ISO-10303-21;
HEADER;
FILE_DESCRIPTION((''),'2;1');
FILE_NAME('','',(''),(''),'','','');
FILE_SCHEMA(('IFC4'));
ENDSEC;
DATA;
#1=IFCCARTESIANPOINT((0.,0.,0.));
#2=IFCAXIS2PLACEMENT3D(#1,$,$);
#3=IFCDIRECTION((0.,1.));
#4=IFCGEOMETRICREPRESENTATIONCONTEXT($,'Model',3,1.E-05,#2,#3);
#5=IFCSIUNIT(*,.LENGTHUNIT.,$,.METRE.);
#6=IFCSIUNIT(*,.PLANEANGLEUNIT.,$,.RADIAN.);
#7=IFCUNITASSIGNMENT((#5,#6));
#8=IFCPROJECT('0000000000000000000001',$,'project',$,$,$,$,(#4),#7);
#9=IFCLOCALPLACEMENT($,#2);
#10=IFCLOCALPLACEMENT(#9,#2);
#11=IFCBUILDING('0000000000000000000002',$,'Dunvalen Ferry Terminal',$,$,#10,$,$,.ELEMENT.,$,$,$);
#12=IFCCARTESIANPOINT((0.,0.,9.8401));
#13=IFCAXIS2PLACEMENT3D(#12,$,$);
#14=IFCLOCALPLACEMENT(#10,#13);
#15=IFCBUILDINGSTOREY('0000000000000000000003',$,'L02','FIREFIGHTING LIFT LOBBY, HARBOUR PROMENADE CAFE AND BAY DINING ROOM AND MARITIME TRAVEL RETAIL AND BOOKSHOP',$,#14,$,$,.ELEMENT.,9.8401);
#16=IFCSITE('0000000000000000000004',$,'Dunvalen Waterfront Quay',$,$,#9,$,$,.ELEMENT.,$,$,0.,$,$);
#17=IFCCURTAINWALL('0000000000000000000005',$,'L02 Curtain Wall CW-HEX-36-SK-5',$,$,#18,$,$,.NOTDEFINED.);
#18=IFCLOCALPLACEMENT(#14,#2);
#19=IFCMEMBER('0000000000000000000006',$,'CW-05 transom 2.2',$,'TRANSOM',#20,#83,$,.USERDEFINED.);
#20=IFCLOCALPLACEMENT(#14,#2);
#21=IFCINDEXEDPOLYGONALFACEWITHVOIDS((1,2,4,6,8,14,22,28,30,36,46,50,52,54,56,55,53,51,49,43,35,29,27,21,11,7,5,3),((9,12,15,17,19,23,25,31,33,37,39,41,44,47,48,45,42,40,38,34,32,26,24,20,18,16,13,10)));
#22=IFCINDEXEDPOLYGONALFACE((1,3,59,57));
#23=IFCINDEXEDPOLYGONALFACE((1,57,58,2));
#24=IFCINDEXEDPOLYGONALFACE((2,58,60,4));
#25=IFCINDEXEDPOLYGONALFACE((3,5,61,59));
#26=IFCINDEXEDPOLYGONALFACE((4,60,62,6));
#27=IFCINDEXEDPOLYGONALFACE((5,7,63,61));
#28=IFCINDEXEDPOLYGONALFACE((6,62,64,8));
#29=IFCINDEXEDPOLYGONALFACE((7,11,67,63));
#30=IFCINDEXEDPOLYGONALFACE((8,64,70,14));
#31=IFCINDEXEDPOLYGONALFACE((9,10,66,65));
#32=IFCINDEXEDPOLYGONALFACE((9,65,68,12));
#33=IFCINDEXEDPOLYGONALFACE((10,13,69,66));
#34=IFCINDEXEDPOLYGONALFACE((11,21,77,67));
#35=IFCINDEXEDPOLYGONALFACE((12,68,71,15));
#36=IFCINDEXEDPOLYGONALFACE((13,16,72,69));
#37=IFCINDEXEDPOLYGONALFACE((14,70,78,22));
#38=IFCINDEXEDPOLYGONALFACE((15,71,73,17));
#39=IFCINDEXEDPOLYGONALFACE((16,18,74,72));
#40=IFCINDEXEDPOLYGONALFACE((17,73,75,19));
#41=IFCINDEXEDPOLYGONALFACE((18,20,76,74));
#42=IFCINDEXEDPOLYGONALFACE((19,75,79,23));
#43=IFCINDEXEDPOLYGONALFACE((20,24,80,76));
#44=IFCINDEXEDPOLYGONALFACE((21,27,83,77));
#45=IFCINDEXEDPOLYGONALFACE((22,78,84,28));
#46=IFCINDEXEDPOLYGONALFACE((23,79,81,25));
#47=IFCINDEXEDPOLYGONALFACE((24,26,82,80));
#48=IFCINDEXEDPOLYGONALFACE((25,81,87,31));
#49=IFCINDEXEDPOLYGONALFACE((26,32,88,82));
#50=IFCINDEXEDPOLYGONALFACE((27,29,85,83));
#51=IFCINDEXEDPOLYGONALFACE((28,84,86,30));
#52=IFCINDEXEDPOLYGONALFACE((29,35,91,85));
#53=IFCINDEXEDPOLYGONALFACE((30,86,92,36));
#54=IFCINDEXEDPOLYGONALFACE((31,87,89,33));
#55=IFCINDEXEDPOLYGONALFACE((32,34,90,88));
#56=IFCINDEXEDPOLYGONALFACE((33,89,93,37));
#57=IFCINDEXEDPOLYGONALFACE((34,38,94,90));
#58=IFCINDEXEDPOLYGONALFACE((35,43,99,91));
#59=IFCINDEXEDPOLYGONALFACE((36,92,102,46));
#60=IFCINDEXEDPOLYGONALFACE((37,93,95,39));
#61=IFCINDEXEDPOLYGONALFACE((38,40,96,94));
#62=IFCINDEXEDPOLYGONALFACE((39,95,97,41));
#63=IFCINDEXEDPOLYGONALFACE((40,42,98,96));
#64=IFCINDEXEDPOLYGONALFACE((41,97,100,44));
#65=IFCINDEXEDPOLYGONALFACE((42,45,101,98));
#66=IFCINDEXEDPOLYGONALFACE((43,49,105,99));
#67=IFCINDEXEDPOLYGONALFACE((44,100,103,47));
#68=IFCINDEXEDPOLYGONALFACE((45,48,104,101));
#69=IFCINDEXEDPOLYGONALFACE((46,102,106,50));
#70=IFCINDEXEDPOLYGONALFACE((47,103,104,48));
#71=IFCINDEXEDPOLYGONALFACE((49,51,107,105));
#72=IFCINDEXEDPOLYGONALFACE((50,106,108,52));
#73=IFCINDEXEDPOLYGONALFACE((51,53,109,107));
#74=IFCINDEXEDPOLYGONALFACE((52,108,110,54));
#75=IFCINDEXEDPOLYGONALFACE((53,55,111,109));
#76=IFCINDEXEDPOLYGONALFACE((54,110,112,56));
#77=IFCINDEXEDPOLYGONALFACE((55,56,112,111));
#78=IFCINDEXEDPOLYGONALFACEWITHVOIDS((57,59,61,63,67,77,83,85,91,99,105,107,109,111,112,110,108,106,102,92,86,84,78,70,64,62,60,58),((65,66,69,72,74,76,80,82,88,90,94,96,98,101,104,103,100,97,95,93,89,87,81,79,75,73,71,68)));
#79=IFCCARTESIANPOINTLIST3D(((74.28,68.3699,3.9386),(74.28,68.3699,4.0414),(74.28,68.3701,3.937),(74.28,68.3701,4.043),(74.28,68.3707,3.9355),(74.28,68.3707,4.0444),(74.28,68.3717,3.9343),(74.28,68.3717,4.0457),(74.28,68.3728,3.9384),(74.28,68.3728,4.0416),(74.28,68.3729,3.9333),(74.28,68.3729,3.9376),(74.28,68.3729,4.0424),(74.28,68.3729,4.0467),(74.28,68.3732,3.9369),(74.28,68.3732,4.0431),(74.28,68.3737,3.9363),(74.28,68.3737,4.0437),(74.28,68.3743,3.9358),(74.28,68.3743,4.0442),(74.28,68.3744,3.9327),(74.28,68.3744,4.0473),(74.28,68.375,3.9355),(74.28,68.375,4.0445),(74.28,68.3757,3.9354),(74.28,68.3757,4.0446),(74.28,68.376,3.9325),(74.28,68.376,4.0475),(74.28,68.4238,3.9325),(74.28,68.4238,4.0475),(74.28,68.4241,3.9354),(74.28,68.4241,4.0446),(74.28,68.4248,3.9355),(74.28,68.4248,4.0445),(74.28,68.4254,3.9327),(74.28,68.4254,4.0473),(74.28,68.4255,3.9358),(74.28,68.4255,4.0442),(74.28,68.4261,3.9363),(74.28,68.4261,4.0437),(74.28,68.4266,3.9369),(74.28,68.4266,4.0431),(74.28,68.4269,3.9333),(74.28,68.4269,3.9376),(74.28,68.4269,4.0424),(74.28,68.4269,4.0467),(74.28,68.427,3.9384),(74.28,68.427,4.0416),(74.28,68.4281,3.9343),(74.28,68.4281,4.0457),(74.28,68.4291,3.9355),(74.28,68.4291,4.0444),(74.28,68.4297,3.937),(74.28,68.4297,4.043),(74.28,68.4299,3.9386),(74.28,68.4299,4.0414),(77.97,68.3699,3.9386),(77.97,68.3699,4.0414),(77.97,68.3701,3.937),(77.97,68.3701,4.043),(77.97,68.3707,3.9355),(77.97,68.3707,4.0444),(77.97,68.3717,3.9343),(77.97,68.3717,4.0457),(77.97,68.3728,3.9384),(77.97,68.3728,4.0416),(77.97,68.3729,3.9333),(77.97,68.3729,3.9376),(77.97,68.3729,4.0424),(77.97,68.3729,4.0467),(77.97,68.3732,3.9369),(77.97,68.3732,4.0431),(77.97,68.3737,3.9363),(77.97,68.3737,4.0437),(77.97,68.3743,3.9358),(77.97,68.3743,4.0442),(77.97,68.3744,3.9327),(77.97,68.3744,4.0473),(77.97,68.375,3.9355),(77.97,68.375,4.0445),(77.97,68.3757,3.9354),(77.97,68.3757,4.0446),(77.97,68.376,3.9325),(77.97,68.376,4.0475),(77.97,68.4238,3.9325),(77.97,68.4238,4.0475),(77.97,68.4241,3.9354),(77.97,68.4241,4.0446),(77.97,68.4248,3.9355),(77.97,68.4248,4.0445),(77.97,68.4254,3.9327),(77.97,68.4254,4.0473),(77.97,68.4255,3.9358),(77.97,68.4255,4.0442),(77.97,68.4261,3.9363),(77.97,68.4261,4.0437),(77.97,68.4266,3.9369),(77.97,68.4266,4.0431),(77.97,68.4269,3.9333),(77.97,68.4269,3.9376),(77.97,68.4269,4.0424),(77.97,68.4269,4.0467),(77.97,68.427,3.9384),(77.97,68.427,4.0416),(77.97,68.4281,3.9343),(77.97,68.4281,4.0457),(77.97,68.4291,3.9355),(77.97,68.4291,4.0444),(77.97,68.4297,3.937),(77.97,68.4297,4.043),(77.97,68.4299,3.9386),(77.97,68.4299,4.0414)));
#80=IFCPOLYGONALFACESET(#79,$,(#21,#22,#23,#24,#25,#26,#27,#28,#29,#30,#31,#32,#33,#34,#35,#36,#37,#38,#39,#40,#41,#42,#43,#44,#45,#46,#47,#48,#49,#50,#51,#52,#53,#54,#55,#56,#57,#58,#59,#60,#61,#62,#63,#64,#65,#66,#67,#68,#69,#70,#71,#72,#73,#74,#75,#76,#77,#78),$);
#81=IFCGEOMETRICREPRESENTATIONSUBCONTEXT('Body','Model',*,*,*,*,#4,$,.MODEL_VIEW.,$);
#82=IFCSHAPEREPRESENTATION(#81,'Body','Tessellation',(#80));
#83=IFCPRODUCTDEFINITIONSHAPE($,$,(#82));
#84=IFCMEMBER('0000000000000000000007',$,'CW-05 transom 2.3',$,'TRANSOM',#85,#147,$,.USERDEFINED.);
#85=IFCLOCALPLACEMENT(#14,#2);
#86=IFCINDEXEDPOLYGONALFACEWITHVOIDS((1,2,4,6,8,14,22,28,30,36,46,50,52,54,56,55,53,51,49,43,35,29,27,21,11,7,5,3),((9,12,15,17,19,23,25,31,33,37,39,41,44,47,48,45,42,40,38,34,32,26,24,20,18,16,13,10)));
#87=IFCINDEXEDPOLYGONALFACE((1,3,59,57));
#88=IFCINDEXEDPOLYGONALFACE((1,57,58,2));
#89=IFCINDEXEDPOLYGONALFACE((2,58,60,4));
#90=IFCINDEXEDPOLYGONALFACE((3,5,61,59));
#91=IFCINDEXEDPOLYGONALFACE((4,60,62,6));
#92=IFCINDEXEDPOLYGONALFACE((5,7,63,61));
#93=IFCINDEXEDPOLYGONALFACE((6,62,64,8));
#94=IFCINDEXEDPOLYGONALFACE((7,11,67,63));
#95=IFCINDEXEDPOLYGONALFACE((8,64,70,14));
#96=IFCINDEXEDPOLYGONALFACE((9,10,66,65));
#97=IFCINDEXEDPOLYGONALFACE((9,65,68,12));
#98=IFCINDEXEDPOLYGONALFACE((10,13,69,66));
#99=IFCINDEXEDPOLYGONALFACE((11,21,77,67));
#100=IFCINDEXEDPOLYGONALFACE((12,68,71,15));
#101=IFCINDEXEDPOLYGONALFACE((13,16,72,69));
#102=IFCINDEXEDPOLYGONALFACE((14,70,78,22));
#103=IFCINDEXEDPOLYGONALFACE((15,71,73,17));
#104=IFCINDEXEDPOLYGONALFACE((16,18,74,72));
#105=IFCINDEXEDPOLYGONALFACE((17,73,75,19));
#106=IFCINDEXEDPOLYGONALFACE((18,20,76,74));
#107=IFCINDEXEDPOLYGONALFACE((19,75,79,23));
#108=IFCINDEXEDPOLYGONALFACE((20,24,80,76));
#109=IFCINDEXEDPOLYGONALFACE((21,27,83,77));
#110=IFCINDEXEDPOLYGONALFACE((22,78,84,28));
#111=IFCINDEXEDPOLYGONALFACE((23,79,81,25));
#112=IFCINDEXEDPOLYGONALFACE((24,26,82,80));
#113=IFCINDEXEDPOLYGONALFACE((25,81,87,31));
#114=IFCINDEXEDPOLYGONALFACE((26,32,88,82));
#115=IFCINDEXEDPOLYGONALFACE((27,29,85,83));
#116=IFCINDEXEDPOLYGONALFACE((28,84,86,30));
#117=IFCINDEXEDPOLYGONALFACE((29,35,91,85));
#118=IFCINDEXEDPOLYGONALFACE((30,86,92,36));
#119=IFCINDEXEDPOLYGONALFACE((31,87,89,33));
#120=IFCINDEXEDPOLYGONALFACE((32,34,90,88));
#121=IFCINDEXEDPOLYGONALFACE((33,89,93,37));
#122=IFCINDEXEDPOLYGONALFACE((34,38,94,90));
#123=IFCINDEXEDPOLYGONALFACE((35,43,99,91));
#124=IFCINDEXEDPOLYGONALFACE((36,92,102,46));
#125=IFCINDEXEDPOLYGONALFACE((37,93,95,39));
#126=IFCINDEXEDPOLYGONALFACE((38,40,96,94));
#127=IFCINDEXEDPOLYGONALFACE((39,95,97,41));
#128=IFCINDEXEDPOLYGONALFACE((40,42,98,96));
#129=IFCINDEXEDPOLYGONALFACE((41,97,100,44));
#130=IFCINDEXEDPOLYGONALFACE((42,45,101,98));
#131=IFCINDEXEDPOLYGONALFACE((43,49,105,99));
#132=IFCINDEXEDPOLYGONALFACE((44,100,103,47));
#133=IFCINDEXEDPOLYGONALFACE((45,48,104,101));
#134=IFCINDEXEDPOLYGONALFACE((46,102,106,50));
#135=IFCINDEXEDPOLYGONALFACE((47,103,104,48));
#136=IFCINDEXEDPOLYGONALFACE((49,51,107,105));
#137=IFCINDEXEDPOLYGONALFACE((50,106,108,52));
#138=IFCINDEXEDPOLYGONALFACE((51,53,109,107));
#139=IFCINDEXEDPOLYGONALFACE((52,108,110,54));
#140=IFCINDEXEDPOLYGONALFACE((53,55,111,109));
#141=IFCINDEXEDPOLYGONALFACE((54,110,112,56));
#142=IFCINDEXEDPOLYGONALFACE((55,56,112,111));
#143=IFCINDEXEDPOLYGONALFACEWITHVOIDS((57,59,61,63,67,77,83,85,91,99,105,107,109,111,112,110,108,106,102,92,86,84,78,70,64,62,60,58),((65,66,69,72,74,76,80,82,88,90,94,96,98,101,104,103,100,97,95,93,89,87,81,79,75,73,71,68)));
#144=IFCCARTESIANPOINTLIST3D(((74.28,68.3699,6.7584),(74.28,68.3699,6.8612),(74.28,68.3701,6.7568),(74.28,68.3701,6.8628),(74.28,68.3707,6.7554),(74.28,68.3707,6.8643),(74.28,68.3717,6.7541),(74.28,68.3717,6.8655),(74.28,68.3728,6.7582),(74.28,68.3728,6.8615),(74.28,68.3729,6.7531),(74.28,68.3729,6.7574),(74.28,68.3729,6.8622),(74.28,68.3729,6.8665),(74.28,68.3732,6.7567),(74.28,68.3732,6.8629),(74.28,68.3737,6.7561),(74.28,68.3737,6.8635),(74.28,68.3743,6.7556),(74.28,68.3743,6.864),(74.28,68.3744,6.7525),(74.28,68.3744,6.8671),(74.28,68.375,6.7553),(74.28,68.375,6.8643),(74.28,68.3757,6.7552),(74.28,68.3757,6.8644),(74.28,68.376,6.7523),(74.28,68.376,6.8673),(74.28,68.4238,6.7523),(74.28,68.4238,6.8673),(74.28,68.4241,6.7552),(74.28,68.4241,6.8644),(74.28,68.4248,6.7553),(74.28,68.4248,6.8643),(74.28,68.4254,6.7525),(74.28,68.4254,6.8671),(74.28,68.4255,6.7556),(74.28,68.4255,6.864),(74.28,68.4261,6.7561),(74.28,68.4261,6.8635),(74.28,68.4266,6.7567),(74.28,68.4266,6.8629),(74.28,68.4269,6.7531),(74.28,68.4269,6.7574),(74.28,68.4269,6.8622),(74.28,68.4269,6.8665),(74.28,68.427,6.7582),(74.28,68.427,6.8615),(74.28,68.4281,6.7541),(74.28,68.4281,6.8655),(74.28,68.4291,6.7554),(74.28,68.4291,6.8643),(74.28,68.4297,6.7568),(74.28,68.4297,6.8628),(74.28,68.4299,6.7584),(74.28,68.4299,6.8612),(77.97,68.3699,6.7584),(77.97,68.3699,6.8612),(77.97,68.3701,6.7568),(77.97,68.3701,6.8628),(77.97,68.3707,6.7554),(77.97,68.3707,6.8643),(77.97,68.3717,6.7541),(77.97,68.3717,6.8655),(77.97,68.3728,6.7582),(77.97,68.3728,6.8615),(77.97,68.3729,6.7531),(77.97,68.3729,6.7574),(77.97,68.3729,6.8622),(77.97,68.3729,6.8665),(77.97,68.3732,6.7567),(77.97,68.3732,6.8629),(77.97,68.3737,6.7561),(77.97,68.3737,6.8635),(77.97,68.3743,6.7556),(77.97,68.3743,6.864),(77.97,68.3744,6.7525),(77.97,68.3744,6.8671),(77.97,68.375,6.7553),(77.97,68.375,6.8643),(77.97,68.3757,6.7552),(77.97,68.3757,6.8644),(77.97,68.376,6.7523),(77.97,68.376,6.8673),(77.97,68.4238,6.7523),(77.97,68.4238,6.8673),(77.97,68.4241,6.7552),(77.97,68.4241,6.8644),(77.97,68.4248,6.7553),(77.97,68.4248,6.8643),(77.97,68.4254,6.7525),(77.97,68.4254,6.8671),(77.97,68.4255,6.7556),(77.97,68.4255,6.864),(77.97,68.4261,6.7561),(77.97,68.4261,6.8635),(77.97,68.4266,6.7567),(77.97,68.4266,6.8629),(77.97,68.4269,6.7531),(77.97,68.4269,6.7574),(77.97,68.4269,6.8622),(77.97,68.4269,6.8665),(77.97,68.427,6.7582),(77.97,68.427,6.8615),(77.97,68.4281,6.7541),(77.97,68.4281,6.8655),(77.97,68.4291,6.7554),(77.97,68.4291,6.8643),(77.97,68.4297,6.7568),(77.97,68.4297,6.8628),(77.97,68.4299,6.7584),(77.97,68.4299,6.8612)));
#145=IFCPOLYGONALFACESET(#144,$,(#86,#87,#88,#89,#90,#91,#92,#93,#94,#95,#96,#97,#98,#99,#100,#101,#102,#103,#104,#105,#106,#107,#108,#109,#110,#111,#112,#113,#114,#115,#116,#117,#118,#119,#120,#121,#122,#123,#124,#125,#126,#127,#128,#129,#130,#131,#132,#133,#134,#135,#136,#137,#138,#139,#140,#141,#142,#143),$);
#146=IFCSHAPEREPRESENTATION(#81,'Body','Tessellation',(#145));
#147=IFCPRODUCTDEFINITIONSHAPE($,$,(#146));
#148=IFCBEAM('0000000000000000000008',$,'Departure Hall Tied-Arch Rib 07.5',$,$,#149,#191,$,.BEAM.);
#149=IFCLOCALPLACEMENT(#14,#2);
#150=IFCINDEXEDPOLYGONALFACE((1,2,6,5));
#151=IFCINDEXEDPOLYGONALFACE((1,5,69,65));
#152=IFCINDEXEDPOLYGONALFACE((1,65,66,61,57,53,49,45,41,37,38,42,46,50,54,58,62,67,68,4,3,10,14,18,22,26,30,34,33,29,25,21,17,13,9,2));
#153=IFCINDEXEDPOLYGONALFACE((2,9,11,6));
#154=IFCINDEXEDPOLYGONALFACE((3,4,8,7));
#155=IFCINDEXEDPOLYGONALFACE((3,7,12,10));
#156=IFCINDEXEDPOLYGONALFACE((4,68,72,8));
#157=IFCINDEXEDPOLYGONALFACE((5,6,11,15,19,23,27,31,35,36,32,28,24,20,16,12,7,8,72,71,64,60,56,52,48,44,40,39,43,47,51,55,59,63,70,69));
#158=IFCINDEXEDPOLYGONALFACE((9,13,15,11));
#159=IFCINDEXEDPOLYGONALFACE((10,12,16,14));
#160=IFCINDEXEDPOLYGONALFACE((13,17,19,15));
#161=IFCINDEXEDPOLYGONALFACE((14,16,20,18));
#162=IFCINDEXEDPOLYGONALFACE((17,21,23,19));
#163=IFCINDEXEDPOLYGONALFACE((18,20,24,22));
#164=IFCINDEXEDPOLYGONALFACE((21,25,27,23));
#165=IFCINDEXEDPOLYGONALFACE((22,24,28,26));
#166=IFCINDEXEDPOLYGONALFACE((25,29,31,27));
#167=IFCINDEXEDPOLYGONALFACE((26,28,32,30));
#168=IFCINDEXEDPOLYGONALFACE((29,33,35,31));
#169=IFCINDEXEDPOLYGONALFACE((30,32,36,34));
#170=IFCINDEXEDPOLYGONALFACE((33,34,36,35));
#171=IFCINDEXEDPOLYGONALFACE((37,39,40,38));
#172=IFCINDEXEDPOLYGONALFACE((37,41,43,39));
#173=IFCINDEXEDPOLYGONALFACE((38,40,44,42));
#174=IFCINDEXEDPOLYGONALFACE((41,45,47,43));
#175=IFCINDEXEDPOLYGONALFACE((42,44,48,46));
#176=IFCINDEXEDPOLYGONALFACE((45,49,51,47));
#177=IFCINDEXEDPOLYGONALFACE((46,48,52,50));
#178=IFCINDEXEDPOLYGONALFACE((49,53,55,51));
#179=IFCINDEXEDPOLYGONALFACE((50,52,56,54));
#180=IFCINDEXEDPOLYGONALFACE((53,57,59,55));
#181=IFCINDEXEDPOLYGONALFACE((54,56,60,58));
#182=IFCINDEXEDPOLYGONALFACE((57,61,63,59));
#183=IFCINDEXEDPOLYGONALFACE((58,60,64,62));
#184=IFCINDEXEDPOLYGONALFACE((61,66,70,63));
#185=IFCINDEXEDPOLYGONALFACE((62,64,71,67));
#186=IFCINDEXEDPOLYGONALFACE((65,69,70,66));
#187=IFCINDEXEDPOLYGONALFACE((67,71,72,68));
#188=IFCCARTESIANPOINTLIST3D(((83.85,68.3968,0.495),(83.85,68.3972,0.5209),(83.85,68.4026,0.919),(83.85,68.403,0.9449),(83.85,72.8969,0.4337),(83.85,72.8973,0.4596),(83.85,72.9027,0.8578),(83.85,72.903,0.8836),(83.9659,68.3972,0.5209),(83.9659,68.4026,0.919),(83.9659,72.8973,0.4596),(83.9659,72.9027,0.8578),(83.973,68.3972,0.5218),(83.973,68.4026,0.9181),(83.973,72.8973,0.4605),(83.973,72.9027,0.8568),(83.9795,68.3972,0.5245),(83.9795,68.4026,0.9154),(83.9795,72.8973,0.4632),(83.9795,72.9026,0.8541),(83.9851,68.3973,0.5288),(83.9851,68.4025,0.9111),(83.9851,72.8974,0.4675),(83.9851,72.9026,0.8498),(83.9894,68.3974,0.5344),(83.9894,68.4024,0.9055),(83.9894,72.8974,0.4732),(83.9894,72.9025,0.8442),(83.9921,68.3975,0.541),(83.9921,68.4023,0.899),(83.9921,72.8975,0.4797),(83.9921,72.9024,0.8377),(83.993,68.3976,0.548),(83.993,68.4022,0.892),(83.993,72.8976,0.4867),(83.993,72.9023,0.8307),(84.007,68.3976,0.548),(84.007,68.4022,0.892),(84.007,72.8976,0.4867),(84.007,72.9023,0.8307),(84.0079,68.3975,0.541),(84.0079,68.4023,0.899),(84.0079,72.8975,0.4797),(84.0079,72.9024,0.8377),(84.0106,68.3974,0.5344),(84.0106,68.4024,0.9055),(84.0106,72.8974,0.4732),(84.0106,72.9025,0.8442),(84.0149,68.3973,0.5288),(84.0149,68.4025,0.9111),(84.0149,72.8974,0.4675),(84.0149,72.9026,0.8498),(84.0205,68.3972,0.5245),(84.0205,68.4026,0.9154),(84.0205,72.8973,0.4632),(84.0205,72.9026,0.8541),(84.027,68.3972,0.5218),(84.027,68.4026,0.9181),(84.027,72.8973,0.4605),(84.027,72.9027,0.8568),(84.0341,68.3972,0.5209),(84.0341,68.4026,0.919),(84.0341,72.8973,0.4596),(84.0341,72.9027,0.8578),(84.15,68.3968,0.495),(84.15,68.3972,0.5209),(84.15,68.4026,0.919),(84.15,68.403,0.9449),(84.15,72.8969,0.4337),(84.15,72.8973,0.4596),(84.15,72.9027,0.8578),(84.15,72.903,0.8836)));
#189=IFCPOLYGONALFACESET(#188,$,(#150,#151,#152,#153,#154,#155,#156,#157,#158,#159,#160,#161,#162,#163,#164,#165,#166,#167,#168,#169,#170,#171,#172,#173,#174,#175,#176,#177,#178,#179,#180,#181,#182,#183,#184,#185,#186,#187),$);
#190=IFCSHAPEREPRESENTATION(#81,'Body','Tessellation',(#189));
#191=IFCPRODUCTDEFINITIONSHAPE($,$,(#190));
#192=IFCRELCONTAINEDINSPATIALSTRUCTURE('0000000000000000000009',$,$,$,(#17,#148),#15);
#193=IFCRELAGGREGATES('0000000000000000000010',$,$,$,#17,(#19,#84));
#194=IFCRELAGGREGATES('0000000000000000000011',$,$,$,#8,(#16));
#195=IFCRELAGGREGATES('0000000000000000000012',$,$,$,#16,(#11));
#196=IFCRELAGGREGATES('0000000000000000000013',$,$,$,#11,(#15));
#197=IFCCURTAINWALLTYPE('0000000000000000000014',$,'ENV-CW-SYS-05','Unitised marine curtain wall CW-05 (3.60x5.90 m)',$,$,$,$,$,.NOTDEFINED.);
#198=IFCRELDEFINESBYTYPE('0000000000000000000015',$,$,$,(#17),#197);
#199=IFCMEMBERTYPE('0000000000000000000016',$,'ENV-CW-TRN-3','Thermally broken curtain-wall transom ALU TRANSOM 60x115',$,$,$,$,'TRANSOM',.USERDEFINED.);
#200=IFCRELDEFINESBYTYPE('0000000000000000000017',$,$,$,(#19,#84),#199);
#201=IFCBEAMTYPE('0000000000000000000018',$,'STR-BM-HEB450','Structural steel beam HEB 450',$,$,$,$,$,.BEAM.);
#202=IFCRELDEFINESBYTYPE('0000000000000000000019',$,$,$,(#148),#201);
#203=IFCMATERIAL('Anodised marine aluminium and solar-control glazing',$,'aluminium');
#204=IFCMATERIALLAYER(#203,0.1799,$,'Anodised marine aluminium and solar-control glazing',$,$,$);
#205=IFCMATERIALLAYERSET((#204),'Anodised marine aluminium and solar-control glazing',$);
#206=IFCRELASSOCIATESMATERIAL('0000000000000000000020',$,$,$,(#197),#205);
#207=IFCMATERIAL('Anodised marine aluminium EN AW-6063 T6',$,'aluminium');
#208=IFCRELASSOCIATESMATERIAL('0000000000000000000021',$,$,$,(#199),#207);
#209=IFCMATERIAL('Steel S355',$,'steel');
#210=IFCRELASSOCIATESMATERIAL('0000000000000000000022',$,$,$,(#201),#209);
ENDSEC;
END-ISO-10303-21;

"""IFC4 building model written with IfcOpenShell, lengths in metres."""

from ifc_helpers import new_model, si_unit, direction, frame, origin, origin_2d, place, context, subcontext, project, spatial, hollow_rectangle, i_section, extrude, material, layer, layer_set, material_profile, profile_set, type_object, element, aggregate, save


model = new_model("IFC4")

# Units and contexts
model_context = context("Model", 3, precision=1e-05, world=origin(), true_north=direction((0.0, 1.0)))
body_context = subcontext(model_context, "Body", "Model", "MODEL_VIEW")
ifc_project = project(units=[si_unit("LENGTHUNIT", "METRE"), si_unit("PLANEANGLEUNIT", "RADIAN")], contexts=[model_context])

# Site, building, storey
site_placement = place(None, origin())
site = spatial("IfcSite", under=ifc_project, at=site_placement, Name="Dunvalen Waterfront Quay", CompositionType="ELEMENT", RefElevation=0.0)
building_placement = place(site_placement, origin())
building = spatial("IfcBuilding", under=site, at=building_placement, Name="Dunvalen Ferry Terminal", CompositionType="ELEMENT")
storey_placement = place(building_placement, frame((0.0, 0.0, 9.8401)))
storey = spatial("IfcBuildingStorey", under=building, at=storey_placement, Name="L02", Description="FIREFIGHTING LIFT LOBBY, HARBOUR PROMENADE CAFE AND BAY DINING ROOM AND MARITIME TRAVEL RETAIL AND BOOKSHOP", CompositionType="ELEMENT", Elevation=9.8401)

# Curtain wall, members
ifc_material_1 = material(Name="Anodised marine aluminium and solar-control glazing", Category="aluminium")
ifc_layer_1 = layer(ifc_material_1, 0.1799, Name="Anodised marine aluminium and solar-control glazing")
ifc_layer_set_1 = layer_set([ifc_layer_1], Name="Anodised marine aluminium and solar-control glazing")
curtain_wall_type = type_object("IfcCurtainWallType", Name="ENV-CW-SYS-05", Description="Unitised marine curtain wall CW-05 (3.60x5.90 m)", PredefinedType="NOTDEFINED", material=ifc_layer_set_1)
curtain_wall_placement = place(storey_placement, origin())
curtain_wall = element("IfcCurtainWall", 1, at=curtain_wall_placement, inside=storey, type_object=curtain_wall_type, Name="L02 Curtain Wall CW-HEX-36-SK-5", PredefinedType="NOTDEFINED")
ifc_material_2 = material(Name="Anodised marine aluminium EN AW-6063 T6", Category="aluminium")
ifc_material_profile_1 = material_profile(ifc_material_2, hollow_rectangle(XDim=0.0601, YDim=0.115, WallThickness=0.0029, InnerFilletRadius=0.0029, OuterFilletRadius=0.0061, at=origin_2d()), Name="Anodised marine aluminium EN AW-6063 T6")
ifc_profile_set_1 = profile_set([ifc_material_profile_1], Name="Anodised marine aluminium EN AW-6063 T6")
member_type_1 = type_object("IfcMemberType", Name="ENV-CW-TRN-3", Description="Thermally broken curtain-wall transom ALU TRANSOM 60x115", ElementType="TRANSOM", PredefinedType="USERDEFINED", material=ifc_profile_set_1)
member_1_placement = place(storey_placement, frame((77.97, 68.3999, 3.99), z_axis=(-1.0, 0.0, 0.0), x_axis=(0.0, -1.0, 0.0)))
member_1 = element("IfcMember", 2, at=member_1_placement, type_object=member_type_1, Name="CW-05 transom 2.2", ObjectType="TRANSOM", PredefinedType="USERDEFINED", context=body_context, shape_type="SweptSolid", body=[
    extrude(hollow_rectangle(XDim=0.0601, YDim=0.115, WallThickness=0.0029, InnerFilletRadius=0.0029, OuterFilletRadius=0.0061, at=origin_2d()), origin(), (0.0, 0.0, 1.0), 3.6899),
])
member_2_placement = place(storey_placement, frame((77.97, 68.3999, 6.8098), z_axis=(-1.0, 0.0, 0.0), x_axis=(0.0, -1.0, 0.0)))
member_2 = element("IfcMember", 3, at=member_2_placement, type_object=member_type_1, Name="CW-05 transom 2.3", ObjectType="TRANSOM", PredefinedType="USERDEFINED", context=body_context, shape_type="SweptSolid", body=[
    extrude(hollow_rectangle(XDim=0.0601, YDim=0.115, WallThickness=0.0029, InnerFilletRadius=0.0029, OuterFilletRadius=0.0061, at=origin_2d()), origin(), (0.0, 0.0, 1.0), 3.6899),
])

# Beam
ifc_material_3 = material(Name="Steel S355", Category="steel")
ifc_material_profile_2 = material_profile(ifc_material_3, i_section(OverallWidth=0.3, OverallDepth=0.45, WebThickness=0.0139, FlangeThickness=0.0259, FilletRadius=0.0271, at=origin_2d()), Name="Steel S355")
ifc_profile_set_2 = profile_set([ifc_material_profile_2], Name="Steel S355")
beam_type_1 = type_object("IfcBeamType", Name="STR-BM-HEB450", Description="Structural steel beam HEB 450", PredefinedType="BEAM", material=ifc_profile_set_2)
beam_1_placement = place(storey_placement, frame((84.0, 68.3999, 0.72), z_axis=(0.0, 0.999907, -0.013616), x_axis=(-1.0, 0.0, 0.0)))
element("IfcBeam", 4, at=beam_1_placement, inside=storey, type_object=beam_type_1, Name="Departure Hall Tied-Arch Rib 07.5", PredefinedType="BEAM", context=body_context, shape_type="SweptSolid", body=[
    extrude(i_section(OverallWidth=0.3, OverallDepth=0.45, WebThickness=0.0139, FlangeThickness=0.0259, FilletRadius=0.0271, at=origin_2d()), origin(), (0.0, 0.0, 1.0), 4.5005),
])

aggregate(curtain_wall, [member_1, member_2])

save(model, "model.ifc")
